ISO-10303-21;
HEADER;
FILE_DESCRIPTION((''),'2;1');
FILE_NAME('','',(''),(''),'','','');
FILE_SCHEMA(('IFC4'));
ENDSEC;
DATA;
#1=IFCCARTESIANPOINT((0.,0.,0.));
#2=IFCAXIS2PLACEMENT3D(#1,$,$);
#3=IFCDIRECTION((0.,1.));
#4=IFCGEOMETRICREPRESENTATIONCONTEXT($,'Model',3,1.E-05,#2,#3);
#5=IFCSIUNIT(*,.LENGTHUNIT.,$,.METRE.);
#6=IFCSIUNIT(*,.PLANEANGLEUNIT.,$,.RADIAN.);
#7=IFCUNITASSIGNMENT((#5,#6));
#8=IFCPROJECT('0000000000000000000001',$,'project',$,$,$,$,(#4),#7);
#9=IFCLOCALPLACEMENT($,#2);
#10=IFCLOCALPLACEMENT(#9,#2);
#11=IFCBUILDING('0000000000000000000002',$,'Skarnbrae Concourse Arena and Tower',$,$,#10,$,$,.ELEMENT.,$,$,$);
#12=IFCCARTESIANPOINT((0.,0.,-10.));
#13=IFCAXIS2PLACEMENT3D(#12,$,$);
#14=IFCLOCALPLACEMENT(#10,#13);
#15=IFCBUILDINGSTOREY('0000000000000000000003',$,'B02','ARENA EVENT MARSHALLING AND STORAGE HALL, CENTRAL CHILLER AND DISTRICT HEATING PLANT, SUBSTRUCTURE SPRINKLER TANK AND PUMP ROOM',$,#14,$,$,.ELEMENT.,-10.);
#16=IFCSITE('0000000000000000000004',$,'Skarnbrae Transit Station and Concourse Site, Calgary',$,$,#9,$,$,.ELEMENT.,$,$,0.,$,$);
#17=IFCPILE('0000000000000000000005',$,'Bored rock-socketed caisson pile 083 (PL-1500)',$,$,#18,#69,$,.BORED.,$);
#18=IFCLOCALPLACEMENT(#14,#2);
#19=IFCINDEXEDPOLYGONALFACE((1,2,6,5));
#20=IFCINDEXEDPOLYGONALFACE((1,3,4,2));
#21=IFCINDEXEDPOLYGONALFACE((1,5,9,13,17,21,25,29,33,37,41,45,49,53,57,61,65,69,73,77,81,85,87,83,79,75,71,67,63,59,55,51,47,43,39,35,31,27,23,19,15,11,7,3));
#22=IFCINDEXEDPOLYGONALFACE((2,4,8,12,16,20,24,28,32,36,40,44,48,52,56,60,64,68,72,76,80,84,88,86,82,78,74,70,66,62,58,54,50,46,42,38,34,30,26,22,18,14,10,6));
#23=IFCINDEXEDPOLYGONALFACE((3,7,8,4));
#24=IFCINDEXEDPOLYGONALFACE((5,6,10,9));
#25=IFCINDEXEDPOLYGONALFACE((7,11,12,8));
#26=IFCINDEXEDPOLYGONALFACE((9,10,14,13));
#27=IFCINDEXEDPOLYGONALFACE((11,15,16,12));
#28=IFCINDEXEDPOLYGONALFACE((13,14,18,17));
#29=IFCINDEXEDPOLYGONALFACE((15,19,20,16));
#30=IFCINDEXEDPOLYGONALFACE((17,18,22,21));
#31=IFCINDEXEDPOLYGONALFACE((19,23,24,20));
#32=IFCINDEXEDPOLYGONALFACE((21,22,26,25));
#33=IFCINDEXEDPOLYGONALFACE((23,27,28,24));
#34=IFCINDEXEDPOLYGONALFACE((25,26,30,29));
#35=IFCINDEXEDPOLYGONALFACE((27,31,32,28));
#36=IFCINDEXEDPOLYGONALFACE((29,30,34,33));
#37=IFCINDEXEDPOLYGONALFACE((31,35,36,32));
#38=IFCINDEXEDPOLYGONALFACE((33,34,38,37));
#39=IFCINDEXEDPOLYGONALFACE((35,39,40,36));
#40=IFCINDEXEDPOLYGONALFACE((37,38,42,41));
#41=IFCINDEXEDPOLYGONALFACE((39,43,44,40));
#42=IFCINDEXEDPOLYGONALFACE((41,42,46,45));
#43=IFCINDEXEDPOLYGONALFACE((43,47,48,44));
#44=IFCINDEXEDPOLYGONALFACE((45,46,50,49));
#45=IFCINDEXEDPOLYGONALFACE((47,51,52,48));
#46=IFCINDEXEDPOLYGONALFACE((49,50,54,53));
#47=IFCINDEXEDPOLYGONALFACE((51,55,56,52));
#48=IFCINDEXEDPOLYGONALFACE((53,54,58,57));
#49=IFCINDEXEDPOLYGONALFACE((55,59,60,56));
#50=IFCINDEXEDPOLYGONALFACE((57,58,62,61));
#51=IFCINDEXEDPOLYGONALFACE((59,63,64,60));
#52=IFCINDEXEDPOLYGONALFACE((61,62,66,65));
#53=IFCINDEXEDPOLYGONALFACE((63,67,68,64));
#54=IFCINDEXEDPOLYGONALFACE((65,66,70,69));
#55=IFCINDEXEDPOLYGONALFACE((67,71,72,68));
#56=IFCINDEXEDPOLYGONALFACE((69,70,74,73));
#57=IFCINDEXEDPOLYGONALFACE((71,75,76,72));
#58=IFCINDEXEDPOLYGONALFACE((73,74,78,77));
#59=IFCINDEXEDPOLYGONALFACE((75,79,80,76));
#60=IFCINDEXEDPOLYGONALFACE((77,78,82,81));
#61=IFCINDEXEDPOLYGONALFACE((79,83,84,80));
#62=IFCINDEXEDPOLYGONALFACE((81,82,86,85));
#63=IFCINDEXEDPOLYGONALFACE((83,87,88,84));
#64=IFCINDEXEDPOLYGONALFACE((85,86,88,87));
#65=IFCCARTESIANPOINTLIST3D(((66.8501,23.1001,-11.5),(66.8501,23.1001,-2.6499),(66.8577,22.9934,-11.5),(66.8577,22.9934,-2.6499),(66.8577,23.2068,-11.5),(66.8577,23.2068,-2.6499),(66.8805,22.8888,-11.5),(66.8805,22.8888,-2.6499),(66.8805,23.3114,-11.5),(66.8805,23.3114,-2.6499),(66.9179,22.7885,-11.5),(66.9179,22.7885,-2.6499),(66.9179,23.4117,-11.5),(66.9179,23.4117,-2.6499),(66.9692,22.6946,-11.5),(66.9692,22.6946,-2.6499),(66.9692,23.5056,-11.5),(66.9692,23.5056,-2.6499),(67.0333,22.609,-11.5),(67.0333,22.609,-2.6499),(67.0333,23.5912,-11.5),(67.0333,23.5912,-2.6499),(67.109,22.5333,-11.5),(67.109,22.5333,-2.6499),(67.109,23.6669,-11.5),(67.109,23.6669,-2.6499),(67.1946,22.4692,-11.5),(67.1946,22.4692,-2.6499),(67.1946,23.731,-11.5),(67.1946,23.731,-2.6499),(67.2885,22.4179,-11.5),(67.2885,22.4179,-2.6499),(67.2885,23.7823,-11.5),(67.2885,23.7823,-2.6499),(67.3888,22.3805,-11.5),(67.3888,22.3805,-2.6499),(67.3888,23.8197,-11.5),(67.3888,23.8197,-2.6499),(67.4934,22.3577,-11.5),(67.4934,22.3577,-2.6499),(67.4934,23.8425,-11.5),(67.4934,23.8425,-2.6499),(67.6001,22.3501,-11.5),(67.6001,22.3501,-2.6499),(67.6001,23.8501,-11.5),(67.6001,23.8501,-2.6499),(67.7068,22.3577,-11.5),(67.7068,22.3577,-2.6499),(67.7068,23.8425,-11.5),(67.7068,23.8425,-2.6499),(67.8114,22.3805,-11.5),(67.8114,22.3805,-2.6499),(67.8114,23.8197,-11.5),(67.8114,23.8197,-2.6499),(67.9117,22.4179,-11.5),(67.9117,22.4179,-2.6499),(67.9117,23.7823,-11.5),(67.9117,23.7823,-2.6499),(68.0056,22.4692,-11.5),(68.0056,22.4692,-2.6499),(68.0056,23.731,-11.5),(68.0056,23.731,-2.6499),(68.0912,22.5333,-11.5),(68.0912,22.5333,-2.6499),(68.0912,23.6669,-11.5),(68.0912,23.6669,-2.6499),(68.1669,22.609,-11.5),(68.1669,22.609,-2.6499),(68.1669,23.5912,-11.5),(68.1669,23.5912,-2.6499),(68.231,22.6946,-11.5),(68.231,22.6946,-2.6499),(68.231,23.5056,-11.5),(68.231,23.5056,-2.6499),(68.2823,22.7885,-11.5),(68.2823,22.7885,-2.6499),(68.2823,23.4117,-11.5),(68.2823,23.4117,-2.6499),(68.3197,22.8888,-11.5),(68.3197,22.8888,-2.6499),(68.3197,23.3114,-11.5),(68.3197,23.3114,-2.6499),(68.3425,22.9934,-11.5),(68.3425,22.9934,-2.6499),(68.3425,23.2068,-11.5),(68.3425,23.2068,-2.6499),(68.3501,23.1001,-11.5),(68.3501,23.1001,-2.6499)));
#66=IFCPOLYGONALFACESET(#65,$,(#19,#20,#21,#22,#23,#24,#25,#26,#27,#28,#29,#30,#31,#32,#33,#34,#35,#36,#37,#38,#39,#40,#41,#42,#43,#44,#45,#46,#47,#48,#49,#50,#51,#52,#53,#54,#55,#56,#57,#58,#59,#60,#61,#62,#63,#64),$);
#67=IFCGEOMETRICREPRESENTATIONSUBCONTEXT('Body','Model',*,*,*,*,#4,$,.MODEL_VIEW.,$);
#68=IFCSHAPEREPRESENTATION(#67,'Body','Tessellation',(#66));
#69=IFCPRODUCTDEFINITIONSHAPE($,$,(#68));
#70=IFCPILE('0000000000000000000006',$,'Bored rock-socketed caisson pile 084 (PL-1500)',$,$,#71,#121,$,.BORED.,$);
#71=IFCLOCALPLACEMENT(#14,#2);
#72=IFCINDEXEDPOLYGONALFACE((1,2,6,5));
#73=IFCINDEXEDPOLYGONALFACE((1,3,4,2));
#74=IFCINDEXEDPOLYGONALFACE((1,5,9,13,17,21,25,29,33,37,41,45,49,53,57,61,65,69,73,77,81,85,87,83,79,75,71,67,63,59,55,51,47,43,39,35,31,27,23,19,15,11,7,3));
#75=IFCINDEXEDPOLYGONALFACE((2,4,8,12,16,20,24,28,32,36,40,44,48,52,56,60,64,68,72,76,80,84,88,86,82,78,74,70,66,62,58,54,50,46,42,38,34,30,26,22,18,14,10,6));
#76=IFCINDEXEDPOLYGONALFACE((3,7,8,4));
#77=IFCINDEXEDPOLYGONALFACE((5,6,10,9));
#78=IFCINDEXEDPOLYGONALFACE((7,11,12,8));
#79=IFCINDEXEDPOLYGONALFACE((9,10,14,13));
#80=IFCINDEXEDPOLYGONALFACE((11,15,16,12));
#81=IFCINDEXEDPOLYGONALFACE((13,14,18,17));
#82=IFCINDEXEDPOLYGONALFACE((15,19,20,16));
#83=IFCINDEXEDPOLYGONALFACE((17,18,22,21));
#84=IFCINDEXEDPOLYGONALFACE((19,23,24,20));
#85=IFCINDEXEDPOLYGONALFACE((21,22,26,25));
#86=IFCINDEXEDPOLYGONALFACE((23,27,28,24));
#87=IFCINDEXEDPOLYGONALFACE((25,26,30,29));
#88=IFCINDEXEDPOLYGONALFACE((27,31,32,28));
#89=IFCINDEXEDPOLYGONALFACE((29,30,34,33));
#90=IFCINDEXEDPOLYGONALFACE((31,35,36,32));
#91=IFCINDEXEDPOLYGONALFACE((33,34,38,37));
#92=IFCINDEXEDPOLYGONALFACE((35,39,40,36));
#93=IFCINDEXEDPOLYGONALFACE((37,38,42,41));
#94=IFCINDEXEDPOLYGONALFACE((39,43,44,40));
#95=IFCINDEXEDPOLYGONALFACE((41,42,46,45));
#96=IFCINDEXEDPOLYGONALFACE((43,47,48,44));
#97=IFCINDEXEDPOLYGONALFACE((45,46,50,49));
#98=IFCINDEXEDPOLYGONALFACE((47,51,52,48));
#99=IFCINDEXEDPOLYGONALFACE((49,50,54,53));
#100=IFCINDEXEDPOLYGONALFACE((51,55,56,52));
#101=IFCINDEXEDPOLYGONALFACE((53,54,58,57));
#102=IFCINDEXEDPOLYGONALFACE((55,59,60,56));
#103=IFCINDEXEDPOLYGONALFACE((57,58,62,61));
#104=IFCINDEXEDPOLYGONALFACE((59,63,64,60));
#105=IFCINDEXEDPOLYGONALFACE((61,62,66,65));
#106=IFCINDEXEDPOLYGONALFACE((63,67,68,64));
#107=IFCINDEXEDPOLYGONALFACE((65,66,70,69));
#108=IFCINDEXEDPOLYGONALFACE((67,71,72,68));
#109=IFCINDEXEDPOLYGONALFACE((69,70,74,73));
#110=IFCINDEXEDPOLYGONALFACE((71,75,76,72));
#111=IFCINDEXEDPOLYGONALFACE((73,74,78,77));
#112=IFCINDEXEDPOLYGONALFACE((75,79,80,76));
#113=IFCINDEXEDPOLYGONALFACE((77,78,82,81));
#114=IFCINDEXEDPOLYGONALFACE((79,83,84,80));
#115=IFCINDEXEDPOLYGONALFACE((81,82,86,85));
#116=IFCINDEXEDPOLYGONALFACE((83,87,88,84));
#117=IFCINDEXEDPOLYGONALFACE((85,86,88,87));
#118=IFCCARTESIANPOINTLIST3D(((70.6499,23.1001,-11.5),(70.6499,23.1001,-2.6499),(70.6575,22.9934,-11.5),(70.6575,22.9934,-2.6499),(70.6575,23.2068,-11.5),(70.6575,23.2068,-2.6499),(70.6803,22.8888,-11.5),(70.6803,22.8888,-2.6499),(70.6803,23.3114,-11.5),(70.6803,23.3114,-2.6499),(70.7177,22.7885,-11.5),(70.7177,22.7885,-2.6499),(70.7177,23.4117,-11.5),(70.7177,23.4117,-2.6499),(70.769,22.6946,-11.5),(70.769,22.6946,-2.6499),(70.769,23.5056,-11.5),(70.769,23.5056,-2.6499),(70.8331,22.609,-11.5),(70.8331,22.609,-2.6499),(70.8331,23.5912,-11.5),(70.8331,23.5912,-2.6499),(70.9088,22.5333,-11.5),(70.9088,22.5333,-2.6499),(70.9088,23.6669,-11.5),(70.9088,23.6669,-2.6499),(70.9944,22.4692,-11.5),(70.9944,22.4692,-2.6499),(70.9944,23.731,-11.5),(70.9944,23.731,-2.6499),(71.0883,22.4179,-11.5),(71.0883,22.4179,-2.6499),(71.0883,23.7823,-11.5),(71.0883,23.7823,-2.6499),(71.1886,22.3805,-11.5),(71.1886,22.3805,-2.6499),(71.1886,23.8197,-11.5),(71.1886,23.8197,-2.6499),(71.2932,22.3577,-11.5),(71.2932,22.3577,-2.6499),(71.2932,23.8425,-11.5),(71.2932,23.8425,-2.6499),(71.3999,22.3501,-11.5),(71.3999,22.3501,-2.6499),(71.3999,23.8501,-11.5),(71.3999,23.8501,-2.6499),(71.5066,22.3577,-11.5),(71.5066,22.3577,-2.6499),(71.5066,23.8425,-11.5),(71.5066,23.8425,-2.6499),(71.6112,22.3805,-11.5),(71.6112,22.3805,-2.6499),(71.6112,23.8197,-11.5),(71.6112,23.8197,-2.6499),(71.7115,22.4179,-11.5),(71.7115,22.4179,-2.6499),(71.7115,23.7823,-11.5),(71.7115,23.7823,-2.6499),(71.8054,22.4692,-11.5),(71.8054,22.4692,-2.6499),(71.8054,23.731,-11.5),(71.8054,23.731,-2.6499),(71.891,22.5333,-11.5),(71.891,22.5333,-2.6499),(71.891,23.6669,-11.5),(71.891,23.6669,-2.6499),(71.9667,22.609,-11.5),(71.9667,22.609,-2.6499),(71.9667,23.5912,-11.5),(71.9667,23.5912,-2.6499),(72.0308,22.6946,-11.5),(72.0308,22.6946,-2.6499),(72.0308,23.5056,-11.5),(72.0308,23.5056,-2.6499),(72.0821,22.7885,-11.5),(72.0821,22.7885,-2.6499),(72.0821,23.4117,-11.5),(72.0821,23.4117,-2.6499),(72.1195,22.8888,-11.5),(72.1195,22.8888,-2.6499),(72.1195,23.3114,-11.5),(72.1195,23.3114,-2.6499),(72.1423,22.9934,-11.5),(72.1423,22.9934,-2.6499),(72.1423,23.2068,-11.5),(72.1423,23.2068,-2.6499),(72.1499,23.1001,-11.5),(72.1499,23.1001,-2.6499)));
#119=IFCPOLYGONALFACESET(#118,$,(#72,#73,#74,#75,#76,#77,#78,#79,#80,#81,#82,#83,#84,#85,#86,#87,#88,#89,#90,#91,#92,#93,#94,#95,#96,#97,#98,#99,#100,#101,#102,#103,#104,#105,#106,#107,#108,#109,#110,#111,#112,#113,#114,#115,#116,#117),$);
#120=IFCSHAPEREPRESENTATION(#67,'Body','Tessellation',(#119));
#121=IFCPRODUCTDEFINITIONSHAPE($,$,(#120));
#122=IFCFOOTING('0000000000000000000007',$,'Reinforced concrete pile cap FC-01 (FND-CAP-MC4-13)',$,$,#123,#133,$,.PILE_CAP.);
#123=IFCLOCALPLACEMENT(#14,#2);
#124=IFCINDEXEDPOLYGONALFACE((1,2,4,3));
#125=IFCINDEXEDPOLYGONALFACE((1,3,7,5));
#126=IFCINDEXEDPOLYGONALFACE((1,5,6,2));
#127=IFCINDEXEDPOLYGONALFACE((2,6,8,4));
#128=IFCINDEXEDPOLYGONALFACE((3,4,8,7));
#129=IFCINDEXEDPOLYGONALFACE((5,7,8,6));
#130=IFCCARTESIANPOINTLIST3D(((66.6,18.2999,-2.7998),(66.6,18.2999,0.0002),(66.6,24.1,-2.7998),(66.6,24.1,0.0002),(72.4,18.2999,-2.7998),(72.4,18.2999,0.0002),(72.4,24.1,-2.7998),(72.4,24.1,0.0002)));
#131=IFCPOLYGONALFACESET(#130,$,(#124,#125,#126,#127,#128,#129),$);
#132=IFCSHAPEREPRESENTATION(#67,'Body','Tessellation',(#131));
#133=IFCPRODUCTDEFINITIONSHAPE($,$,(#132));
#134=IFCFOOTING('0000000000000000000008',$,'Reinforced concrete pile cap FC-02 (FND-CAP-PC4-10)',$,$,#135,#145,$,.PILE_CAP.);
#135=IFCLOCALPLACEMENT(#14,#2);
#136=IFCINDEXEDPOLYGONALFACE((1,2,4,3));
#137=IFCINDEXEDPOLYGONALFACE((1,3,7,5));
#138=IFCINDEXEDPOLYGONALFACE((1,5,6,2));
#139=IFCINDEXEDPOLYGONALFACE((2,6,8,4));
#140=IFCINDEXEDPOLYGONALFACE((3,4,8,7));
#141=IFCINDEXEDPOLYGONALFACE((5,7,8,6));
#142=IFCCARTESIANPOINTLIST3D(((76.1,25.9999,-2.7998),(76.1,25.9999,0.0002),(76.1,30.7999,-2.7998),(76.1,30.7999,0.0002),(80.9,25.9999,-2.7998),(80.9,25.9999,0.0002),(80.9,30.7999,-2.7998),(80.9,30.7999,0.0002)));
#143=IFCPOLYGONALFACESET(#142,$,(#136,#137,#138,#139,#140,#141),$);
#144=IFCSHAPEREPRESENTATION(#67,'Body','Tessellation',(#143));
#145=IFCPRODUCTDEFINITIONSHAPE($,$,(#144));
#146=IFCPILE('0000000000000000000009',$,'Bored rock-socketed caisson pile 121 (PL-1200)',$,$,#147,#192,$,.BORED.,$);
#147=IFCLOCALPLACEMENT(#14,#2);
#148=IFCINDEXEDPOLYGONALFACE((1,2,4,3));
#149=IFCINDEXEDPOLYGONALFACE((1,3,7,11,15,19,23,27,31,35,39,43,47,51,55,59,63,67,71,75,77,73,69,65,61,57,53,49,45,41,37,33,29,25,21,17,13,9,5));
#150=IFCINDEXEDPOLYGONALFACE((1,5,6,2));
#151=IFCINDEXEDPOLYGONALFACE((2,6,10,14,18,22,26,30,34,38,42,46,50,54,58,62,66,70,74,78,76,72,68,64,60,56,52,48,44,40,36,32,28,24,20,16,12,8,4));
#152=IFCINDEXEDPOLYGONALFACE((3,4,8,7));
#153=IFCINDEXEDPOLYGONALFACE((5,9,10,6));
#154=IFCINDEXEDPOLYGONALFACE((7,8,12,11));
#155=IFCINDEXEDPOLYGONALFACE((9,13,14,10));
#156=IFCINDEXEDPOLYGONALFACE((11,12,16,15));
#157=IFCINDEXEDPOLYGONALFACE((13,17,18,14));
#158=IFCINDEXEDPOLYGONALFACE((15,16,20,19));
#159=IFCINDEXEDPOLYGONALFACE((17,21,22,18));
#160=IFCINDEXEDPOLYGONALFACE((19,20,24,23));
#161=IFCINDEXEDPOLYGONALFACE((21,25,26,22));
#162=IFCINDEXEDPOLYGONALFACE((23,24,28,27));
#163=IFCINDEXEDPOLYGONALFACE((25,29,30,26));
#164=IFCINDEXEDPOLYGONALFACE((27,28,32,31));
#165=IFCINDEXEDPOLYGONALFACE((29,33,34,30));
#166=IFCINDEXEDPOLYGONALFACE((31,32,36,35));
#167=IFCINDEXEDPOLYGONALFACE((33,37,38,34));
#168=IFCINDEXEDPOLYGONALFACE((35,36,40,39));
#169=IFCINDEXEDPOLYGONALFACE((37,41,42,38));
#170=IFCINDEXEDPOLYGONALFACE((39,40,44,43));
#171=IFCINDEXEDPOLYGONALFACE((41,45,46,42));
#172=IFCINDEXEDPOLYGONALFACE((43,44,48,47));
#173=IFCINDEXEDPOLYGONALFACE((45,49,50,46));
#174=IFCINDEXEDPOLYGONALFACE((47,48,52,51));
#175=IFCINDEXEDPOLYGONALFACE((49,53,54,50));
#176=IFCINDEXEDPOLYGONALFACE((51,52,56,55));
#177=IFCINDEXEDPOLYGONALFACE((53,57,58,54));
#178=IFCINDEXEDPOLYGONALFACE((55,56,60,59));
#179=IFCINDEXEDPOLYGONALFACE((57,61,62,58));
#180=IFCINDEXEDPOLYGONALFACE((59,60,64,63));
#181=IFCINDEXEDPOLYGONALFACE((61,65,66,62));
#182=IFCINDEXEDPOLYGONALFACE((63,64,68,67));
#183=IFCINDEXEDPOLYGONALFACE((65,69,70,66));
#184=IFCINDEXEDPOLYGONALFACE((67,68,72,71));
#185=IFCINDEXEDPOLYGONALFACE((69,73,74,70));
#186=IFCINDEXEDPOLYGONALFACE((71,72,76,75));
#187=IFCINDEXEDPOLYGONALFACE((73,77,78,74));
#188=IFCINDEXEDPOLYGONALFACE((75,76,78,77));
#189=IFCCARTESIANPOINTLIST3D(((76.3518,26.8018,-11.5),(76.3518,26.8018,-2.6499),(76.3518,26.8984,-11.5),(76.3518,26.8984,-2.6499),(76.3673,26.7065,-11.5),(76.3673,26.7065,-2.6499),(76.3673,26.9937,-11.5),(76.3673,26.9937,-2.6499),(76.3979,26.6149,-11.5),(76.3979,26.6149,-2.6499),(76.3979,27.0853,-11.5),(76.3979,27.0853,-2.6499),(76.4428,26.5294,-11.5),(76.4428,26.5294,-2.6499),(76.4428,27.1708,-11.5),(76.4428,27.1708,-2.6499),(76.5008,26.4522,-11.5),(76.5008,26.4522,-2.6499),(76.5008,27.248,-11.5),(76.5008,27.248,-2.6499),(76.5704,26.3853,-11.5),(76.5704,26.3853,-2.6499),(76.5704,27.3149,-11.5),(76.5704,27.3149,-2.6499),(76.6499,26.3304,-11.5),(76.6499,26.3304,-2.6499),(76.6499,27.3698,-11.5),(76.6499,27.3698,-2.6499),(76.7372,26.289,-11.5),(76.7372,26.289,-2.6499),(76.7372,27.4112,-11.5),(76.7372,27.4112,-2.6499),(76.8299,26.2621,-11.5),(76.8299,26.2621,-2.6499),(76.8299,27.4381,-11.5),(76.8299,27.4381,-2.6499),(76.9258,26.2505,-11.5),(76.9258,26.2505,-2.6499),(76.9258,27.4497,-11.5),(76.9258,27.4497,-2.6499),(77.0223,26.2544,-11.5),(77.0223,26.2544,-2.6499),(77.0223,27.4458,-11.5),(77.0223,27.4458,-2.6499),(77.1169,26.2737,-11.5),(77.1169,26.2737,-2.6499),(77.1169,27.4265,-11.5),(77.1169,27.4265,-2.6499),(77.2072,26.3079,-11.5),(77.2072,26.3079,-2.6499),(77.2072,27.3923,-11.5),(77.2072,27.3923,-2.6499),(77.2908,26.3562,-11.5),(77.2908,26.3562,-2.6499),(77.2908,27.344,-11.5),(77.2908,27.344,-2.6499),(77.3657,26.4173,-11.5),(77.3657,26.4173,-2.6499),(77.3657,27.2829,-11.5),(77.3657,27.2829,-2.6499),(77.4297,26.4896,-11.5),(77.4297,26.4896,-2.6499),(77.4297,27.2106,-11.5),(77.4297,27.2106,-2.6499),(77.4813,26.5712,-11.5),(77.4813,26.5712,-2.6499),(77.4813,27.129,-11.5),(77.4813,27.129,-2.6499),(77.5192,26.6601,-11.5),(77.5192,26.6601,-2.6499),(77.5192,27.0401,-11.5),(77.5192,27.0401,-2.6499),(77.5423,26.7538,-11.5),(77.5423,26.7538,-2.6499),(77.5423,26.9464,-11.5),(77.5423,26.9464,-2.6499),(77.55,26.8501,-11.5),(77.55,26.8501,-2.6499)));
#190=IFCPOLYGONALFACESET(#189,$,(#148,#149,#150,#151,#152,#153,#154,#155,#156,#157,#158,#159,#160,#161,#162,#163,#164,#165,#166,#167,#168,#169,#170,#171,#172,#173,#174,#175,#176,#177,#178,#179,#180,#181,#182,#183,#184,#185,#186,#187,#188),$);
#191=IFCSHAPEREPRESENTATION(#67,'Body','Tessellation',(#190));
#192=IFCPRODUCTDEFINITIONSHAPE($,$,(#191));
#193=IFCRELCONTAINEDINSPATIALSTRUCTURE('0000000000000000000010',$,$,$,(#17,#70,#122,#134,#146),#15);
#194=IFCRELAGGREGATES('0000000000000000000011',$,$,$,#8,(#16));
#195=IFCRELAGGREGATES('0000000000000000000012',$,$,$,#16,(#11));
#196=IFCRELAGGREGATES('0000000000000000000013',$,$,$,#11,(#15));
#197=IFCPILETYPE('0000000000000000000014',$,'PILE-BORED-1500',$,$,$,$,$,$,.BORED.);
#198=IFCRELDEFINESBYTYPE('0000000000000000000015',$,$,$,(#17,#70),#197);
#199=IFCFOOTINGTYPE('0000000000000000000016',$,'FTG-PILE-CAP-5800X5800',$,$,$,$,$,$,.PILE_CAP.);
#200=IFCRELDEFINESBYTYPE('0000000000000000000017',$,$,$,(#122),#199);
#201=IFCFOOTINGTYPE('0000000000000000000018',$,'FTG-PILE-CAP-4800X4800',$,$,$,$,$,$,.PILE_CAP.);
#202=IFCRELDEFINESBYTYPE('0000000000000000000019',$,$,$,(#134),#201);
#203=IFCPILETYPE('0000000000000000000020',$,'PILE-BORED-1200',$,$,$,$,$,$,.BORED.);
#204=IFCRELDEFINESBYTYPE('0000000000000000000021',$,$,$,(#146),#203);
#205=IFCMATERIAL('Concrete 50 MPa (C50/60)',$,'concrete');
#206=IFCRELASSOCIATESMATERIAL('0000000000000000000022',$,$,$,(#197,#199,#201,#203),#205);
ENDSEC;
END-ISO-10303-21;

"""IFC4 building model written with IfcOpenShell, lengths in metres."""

from ifc_helpers import new_model, si_unit, direction, frame, origin, origin_2d, place, context, subcontext, project, spatial, rectangle, circle, extrude, source, transform, mapped, material, material_profile, profile_set, type_object, element, save


model = new_model("IFC4")

# Units and contexts
model_context = context("Model", 3, precision=1e-05, world=origin(), true_north=direction((0.0, 1.0)))
body_context = subcontext(model_context, "Body", "Model", "MODEL_VIEW")
ifc_project = project(units=[si_unit("LENGTHUNIT", "METRE"), si_unit("PLANEANGLEUNIT", "RADIAN")], contexts=[model_context])

# Site, building, storey
site_placement = place(None, origin())
site = spatial("IfcSite", under=ifc_project, at=site_placement, Name="Skarnbrae Transit Station and Concourse Site, Calgary", CompositionType="ELEMENT", RefElevation=0.0)
building_placement = place(site_placement, origin())
building = spatial("IfcBuilding", under=site, at=building_placement, Name="Skarnbrae Concourse Arena and Tower", CompositionType="ELEMENT")
storey_placement = place(building_placement, frame((0.0, 0.0, -10.0)))
storey = spatial("IfcBuildingStorey", under=building, at=storey_placement, Name="B02", Description="ARENA EVENT MARSHALLING AND STORAGE HALL, CENTRAL CHILLER AND DISTRICT HEATING PLANT, SUBSTRUCTURE SPRINKLER TANK AND PUMP ROOM", CompositionType="ELEMENT", Elevation=-10.0)

# Piles
ifc_material_1 = material(Name="Concrete 50 MPa (C50/60)", Category="concrete")
ifc_material_profile_1 = material_profile(ifc_material_1, circle(Radius=0.75, at=origin_2d()), Name="CAISSON-1500")
ifc_profile_set_1 = profile_set([ifc_material_profile_1], Name="Concrete 50 MPa (C50/60)")
pile_type_1 = type_object("IfcPileType", Name="PILE-BORED-1500", PredefinedType="BORED", material=ifc_profile_set_1)
shared_shape_1 = source(origin(), body_context, "Body", "SweptSolid", [
    extrude(circle(Radius=0.75, at=origin_2d()), origin(), (0.0, 0.0, 1.0), 8.8501),
])
for number, where, z_axis, x_axis, name in (
    (1, (67.6001, 23.1001, -2.6499), (0.0, 0.0, -1.0), (1.0, 0.0, 0.0), "Bored rock-socketed caisson pile 083 (PL-1500)"),
    (2, (71.3999, 23.1001, -2.6499), (0.0, 0.0, -1.0), (1.0, 0.0, 0.0), "Bored rock-socketed caisson pile 084 (PL-1500)"),
):
    element("IfcPile", number, at=place(storey_placement, frame(where, z_axis=z_axis, x_axis=x_axis)), inside=storey, type_object=pile_type_1, Name=name, PredefinedType="BORED", context=body_context, shape_type="MappedRepresentation", body=[
        mapped(shared_shape_1, transform((0.0, 0.0, 0.0))),
    ])

# Footings
footing_type_1 = type_object("IfcFootingType", Name="FTG-PILE-CAP-5800X5800", PredefinedType="PILE_CAP", material=ifc_material_1)
shared_shape_2 = source(origin(), body_context, "Body", "SweptSolid", [
    extrude(rectangle(XDim=5.8, YDim=5.8, at=origin_2d()), origin(), (0.0, 0.0, 1.0), 2.8),
])
footing_1_placement = place(storey_placement, frame((69.5, 21.2, -2.7998), z_axis=(0.0, 0.0, 1.0), x_axis=(1.0, 0.0, 0.0)))
element("IfcFooting", 3, at=footing_1_placement, inside=storey, type_object=footing_type_1, Name="Reinforced concrete pile cap FC-01 (FND-CAP-MC4-13)", PredefinedType="PILE_CAP", context=body_context, shape_type="MappedRepresentation", body=[
    mapped(shared_shape_2, transform((0.0, 0.0, 0.0))),
])
footing_type_2 = type_object("IfcFootingType", Name="FTG-PILE-CAP-4800X4800", PredefinedType="PILE_CAP", material=ifc_material_1)
shared_shape_3 = source(origin(), body_context, "Body", "SweptSolid", [
    extrude(rectangle(XDim=4.8, YDim=4.8, at=origin_2d()), origin(), (0.0, 0.0, 1.0), 2.8),
])
footing_2_placement = place(storey_placement, frame((78.5, 28.3999, -2.7998), z_axis=(0.0, 0.0, 1.0), x_axis=(1.0, 0.0, 0.0)))
element("IfcFooting", 4, at=footing_2_placement, inside=storey, type_object=footing_type_2, Name="Reinforced concrete pile cap FC-02 (FND-CAP-PC4-10)", PredefinedType="PILE_CAP", context=body_context, shape_type="MappedRepresentation", body=[
    mapped(shared_shape_3, transform((0.0, 0.0, 0.0))),
])

# Pile
ifc_material_profile_2 = material_profile(ifc_material_1, circle(Radius=0.6001, at=origin_2d()), Name="CAISSON-1200")
ifc_profile_set_2 = profile_set([ifc_material_profile_2], Name="Concrete 50 MPa (C50/60)")
pile_type_2 = type_object("IfcPileType", Name="PILE-BORED-1200", PredefinedType="BORED", material=ifc_profile_set_2)
shared_shape_4 = source(origin(), body_context, "Body", "SweptSolid", [
    extrude(circle(Radius=0.6001, at=origin_2d()), origin(), (0.0, 0.0, 1.0), 8.8501),
])
for number, where, z_axis, x_axis, name in (
    (5, (76.95, 26.8501, -2.6499), (0.0, 0.0, -1.0), (1.0, 0.0, 0.0), "Bored rock-socketed caisson pile 121 (PL-1200)"),
):
    element("IfcPile", number, at=place(storey_placement, frame(where, z_axis=z_axis, x_axis=x_axis)), inside=storey, type_object=pile_type_2, Name=name, PredefinedType="BORED", context=body_context, shape_type="MappedRepresentation", body=[
        mapped(shared_shape_4, transform((0.0, 0.0, 0.0))),
    ])

save(model, "model.ifc")
